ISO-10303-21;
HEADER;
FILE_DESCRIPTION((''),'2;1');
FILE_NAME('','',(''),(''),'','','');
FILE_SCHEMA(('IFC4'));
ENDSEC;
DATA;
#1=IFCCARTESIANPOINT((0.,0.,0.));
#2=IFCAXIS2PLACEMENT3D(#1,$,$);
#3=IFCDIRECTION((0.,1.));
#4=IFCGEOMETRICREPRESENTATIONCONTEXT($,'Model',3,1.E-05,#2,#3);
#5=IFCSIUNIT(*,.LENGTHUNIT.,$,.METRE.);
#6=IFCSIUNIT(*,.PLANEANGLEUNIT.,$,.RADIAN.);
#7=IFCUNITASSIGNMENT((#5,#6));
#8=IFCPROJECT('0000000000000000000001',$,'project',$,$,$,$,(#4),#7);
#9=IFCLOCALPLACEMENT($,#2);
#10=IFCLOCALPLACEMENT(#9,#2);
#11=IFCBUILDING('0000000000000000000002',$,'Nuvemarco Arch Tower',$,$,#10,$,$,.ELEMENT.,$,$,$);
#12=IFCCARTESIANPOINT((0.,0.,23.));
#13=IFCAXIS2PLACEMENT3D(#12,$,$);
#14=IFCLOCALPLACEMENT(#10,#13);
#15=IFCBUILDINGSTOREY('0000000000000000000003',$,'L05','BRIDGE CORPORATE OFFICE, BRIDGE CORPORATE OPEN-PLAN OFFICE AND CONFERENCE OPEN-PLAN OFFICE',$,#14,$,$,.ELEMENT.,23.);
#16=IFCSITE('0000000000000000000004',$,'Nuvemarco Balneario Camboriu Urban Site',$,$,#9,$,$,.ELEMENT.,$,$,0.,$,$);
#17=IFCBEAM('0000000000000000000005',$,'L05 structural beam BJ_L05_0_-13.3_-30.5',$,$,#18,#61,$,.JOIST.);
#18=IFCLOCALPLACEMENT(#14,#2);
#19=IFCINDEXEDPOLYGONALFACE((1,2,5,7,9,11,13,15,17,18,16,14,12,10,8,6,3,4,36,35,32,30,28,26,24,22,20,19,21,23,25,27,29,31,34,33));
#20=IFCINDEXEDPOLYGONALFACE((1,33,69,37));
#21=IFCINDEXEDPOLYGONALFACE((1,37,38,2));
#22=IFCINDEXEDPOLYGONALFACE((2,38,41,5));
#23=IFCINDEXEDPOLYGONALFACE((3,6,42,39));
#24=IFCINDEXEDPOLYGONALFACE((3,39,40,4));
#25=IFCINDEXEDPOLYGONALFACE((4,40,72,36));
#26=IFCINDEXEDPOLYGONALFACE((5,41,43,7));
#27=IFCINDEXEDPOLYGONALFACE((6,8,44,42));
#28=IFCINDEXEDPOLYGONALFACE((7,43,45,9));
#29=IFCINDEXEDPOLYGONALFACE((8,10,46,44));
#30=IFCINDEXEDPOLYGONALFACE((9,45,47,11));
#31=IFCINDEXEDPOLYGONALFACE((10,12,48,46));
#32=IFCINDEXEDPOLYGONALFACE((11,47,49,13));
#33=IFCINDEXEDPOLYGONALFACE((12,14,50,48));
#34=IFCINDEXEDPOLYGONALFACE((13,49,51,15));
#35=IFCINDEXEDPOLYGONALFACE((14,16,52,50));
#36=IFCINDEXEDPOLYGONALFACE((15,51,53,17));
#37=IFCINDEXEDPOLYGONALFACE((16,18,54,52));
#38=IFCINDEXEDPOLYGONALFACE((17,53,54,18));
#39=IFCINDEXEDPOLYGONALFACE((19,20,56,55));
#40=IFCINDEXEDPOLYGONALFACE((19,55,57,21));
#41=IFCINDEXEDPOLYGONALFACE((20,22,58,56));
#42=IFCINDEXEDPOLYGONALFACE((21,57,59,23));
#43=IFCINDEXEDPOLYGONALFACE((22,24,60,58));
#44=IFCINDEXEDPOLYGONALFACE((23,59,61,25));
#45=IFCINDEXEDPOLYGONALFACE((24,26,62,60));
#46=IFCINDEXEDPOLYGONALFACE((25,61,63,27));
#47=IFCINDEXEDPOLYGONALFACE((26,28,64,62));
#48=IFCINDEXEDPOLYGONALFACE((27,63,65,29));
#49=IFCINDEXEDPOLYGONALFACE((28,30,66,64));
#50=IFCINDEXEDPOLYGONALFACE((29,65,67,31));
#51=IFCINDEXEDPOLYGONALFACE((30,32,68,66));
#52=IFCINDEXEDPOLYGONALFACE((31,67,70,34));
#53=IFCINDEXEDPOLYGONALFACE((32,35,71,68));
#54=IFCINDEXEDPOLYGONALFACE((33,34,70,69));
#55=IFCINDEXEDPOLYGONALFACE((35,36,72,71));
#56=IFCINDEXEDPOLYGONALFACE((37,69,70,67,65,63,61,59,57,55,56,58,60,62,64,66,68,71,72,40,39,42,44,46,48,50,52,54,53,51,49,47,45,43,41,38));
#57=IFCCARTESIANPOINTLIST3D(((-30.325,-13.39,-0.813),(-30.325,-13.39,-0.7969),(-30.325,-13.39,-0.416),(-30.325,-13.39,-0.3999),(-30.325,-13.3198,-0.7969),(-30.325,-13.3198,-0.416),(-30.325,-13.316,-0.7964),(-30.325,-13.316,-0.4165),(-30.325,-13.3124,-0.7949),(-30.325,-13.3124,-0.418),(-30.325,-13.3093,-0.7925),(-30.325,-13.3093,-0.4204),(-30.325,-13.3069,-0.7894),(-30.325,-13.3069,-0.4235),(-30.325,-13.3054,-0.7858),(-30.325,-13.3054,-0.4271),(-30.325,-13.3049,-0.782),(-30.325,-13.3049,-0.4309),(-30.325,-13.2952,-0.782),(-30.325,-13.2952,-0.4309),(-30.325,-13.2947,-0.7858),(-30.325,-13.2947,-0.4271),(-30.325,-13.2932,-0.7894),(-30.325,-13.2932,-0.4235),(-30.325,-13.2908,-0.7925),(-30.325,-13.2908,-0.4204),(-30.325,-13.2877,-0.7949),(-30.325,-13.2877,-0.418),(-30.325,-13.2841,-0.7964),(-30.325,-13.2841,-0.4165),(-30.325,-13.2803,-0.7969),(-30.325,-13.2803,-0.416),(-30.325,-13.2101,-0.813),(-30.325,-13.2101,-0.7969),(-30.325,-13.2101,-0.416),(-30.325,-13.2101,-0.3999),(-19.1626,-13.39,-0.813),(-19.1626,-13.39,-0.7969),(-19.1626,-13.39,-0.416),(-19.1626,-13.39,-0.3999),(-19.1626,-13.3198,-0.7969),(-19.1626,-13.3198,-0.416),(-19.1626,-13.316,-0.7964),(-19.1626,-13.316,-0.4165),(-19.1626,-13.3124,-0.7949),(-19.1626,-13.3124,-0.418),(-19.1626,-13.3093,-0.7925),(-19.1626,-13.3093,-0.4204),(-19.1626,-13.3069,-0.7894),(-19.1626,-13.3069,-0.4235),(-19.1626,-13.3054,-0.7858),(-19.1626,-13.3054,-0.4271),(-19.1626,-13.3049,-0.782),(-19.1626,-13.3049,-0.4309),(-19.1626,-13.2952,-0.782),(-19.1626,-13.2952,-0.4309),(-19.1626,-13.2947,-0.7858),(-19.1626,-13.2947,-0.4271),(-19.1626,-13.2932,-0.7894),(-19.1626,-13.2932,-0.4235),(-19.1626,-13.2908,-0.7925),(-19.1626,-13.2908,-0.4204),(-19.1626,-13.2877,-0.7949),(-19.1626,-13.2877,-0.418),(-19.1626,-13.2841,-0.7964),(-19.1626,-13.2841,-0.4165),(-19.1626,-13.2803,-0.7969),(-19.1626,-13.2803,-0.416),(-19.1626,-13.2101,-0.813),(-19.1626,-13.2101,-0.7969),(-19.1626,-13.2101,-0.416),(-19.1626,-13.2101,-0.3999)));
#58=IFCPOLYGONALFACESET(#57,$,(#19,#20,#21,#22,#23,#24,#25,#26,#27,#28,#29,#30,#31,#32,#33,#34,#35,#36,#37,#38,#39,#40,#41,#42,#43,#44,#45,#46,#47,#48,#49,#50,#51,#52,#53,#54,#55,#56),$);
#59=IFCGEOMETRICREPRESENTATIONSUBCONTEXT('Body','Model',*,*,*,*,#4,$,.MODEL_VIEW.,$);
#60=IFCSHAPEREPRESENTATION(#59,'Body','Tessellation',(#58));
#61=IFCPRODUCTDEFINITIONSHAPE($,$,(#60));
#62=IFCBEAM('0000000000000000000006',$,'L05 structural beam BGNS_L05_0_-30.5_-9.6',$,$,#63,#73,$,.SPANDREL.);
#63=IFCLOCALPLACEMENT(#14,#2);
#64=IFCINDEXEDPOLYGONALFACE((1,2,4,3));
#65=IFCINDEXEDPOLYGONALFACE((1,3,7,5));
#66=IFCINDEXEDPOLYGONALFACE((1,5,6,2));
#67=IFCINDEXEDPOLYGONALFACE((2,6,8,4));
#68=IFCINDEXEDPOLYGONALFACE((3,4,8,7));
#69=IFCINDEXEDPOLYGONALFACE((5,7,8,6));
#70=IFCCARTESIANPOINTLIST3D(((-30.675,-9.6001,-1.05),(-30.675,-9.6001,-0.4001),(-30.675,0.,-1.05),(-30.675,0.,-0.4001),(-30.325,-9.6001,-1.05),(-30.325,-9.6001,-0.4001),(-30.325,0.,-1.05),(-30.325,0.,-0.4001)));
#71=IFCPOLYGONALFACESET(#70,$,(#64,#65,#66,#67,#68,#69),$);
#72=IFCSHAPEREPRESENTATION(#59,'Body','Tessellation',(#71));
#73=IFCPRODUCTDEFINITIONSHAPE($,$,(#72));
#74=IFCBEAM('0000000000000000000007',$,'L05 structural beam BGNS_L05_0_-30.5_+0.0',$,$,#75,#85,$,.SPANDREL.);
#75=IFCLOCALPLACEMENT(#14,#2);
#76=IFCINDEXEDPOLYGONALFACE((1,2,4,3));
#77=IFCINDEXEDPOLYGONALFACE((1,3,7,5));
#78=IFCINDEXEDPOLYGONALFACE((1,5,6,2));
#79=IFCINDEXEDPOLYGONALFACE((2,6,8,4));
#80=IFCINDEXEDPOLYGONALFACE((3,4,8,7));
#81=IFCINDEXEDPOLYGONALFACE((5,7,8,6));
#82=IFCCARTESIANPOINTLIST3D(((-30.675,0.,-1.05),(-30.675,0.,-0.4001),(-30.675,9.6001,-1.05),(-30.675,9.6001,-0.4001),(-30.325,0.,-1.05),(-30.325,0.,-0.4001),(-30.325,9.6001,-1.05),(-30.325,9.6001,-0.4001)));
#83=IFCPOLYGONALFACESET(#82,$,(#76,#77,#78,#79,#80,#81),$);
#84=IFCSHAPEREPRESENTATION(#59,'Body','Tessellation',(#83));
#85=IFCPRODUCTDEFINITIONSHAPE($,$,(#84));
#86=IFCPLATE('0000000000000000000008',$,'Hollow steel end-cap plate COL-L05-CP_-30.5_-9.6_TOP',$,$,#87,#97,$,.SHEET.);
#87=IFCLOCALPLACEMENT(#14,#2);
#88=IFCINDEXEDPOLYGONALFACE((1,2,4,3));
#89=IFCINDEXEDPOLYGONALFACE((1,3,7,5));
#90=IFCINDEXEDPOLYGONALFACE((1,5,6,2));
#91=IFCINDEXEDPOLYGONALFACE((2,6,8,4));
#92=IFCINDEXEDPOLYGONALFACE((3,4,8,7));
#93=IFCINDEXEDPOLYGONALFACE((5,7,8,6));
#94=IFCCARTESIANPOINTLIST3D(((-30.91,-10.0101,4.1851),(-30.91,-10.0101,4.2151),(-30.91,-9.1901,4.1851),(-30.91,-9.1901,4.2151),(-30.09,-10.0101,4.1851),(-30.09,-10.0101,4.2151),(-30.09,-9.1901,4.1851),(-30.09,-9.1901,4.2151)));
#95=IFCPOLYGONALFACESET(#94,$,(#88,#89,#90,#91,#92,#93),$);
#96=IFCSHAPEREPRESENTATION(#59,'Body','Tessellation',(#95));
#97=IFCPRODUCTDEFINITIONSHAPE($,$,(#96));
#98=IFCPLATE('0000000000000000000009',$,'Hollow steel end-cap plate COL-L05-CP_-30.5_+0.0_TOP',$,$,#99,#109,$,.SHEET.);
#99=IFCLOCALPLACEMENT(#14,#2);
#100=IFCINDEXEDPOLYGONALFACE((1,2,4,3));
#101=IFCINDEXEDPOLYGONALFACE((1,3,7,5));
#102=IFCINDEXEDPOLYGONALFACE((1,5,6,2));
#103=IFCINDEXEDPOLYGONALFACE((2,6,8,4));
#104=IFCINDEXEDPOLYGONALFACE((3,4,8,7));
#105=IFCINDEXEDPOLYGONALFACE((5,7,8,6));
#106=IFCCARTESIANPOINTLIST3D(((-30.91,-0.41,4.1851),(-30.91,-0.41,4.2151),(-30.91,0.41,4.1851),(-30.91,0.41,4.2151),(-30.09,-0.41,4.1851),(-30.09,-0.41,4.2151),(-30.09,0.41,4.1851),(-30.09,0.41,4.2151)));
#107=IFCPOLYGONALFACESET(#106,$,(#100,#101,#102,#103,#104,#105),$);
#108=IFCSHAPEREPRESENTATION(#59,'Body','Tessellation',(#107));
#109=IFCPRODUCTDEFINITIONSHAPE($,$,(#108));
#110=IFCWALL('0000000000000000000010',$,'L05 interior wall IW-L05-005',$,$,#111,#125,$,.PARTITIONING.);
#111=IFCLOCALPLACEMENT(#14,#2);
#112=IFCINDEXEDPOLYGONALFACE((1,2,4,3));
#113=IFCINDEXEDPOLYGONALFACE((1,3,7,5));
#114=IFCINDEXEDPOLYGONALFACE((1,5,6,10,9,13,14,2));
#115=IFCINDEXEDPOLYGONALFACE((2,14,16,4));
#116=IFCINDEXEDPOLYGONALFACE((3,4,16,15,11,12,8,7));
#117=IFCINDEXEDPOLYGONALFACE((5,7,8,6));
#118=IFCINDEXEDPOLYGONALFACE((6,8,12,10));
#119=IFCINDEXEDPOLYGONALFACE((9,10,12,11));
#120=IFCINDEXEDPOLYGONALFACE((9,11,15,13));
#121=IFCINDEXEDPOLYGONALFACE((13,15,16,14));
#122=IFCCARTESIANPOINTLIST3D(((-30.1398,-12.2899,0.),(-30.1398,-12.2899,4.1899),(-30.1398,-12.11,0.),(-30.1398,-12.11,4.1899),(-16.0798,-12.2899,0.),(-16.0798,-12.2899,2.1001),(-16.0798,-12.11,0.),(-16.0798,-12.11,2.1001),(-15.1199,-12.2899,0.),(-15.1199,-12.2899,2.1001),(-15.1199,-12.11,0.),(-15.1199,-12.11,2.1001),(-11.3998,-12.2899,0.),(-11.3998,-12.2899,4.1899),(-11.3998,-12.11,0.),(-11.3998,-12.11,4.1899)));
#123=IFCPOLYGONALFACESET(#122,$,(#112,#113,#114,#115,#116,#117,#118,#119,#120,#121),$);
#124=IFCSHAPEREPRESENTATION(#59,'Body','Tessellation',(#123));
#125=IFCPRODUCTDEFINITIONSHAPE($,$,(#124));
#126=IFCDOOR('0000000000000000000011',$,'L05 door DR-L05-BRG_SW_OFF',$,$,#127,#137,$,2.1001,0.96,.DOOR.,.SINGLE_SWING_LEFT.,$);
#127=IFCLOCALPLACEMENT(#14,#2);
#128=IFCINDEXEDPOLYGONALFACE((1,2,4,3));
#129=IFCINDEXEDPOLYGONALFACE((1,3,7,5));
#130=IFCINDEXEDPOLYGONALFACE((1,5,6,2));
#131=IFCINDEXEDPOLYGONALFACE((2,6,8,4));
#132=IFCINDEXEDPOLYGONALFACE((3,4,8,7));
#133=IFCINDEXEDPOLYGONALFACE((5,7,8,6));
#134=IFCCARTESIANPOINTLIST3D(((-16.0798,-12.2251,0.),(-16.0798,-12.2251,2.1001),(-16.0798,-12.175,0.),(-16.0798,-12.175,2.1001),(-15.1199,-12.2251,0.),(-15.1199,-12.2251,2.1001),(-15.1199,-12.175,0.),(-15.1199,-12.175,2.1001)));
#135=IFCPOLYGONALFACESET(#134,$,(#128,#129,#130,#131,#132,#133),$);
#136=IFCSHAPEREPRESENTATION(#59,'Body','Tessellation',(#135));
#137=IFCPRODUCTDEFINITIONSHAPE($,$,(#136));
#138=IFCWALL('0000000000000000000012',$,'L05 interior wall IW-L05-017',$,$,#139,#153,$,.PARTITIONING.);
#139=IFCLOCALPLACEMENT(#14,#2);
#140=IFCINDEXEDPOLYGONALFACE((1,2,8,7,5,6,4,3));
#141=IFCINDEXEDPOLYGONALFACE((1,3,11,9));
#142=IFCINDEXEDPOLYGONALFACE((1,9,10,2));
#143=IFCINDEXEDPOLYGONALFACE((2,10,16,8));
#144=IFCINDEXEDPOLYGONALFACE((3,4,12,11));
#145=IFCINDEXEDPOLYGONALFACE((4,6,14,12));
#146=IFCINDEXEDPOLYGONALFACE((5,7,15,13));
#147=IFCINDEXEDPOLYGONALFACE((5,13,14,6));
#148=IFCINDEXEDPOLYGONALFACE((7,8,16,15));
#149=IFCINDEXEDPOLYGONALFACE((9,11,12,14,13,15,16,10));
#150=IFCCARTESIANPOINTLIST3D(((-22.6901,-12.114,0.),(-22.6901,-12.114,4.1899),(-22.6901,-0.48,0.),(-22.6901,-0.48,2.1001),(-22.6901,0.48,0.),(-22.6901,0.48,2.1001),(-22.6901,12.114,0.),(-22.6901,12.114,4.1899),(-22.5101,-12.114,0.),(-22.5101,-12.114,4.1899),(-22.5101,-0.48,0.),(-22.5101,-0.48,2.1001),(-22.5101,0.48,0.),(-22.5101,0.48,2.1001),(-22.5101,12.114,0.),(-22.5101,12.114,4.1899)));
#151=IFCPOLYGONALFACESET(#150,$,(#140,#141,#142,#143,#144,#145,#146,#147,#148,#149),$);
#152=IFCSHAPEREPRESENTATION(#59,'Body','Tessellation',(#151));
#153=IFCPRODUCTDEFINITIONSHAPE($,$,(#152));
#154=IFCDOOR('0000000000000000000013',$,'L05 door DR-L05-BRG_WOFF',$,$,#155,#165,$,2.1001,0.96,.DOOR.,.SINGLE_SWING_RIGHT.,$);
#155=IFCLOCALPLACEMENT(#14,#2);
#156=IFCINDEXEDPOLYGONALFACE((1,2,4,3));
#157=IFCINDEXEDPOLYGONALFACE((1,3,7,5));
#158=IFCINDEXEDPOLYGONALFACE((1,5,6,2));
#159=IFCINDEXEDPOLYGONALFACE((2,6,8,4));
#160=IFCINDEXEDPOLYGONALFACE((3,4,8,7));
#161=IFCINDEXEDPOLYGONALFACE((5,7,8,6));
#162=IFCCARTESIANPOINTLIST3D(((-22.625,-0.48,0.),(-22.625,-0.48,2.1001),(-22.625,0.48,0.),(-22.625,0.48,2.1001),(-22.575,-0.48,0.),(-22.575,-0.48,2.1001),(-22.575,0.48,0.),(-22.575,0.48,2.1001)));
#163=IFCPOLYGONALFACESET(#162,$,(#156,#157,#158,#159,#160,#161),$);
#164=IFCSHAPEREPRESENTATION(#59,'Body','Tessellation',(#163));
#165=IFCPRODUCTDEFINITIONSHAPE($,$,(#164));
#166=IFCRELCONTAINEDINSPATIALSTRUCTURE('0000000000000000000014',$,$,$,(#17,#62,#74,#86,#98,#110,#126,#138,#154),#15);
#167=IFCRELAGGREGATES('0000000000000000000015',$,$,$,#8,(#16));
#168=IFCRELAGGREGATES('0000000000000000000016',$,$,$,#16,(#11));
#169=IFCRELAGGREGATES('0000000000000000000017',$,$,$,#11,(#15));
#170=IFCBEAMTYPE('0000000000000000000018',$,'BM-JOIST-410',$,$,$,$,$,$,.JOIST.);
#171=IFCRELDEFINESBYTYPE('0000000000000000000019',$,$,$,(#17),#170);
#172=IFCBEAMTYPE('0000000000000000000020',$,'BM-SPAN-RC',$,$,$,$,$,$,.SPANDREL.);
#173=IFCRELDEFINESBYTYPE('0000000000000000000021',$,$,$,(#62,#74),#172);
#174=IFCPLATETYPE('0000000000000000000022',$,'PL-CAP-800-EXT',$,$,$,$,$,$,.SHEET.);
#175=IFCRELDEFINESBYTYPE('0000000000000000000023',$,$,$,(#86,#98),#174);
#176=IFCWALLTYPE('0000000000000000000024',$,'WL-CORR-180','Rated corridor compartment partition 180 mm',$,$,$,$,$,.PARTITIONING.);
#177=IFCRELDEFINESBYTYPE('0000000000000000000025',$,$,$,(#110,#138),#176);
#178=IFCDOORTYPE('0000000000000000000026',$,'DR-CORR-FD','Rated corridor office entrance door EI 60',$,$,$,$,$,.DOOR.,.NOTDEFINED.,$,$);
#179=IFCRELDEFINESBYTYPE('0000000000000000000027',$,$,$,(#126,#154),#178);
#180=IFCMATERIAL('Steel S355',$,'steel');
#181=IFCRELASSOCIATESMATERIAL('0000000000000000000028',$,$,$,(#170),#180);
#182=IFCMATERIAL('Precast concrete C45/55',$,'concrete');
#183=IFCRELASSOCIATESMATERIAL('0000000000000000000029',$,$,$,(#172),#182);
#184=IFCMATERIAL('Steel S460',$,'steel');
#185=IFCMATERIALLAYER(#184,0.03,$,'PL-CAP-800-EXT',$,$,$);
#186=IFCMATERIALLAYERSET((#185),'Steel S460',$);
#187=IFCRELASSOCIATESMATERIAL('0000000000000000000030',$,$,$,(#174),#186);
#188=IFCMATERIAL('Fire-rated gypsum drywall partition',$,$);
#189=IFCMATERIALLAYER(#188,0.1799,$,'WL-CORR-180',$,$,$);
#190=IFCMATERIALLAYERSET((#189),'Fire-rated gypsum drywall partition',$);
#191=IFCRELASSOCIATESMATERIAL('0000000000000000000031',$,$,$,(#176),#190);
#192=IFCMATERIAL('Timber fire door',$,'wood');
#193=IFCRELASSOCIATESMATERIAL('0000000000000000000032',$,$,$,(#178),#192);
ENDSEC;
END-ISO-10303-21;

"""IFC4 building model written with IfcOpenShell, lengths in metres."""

from ifc_helpers import new_model, si_unit, direction, frame, frame_2d, origin, origin_2d, place, context, subcontext, project, spatial, rectangle, i_section, extrude, source, transform, mapped, material, layer, layer_set, material_profile, profile_set, type_object, type_shapes, element, fill, save


model = new_model("IFC4")

# Units and contexts
model_context = context("Model", 3, precision=1e-05, world=origin(), true_north=direction((0.0, 1.0)))
body_context = subcontext(model_context, "Body", "Model", "MODEL_VIEW")
ifc_project = project(units=[si_unit("LENGTHUNIT", "METRE"), si_unit("PLANEANGLEUNIT", "RADIAN")], contexts=[model_context])

# Site, building, storey
site_placement = place(None, origin())
site = spatial("IfcSite", under=ifc_project, at=site_placement, Name="Nuvemarco Balneario Camboriu Urban Site", CompositionType="ELEMENT", RefElevation=0.0)
building_placement = place(site_placement, origin())
building = spatial("IfcBuilding", under=site, at=building_placement, Name="Nuvemarco Arch Tower", CompositionType="ELEMENT")
storey_placement = place(building_placement, frame((0.0, 0.0, 23.0)))
storey = spatial("IfcBuildingStorey", under=building, at=storey_placement, Name="L05", Description="BRIDGE CORPORATE OFFICE, BRIDGE CORPORATE OPEN-PLAN OFFICE AND CONFERENCE OPEN-PLAN OFFICE", CompositionType="ELEMENT", Elevation=23.0)

# Shared definitions
ifc_material_1 = material(Name="Steel S460", Category="steel")

# Beams
ifc_material_2 = material(Name="Steel S355", Category="steel")
ifc_material_profile_1 = material_profile(ifc_material_2, i_section(OverallWidth=0.1799, OverallDepth=0.4131, WebThickness=0.0098, FlangeThickness=0.0161, FilletRadius=0.0149, at=origin_2d()), Name="W410x75")
ifc_profile_set_1 = profile_set([ifc_material_profile_1], Name="Steel S355")
beam_type_1 = type_object("IfcBeamType", Name="BM-JOIST-410", PredefinedType="JOIST", material=ifc_profile_set_1)
beam_1_placement = place(storey_placement, frame((-30.325, -13.3, -0.6064), z_axis=(1.0, 0.0, 0.0), x_axis=(0.0, 1.0, 0.0)))
element("IfcBeam", 1, at=beam_1_placement, inside=storey, type_object=beam_type_1, Name="L05 structural beam BJ_L05_0_-13.3_-30.5", PredefinedType="JOIST", context=body_context, shape_type="SweptSolid", body=[
    extrude(i_section(OverallWidth=0.1799, OverallDepth=0.4131, WebThickness=0.0098, FlangeThickness=0.0161, FilletRadius=0.0149, at=origin_2d()), origin(), (0.0, 0.0, 1.0), 11.1624),
])
ifc_material_3 = material(Name="Precast concrete C45/55", Category="concrete")
ifc_material_profile_2 = material_profile(ifc_material_3, rectangle(XDim=0.3501, YDim=0.6499, at=origin_2d()), Name="PC-SP-350x650")
ifc_profile_set_2 = profile_set([ifc_material_profile_2], Name="Precast concrete C45/55")
beam_type_2 = type_object("IfcBeamType", Name="BM-SPAN-RC", PredefinedType="SPANDREL", material=ifc_profile_set_2)
for number, where, z_axis, x_axis, name in (
    (2, (-30.5, -9.6001, -0.7251), (0.0, 1.0, 0.0), (-1.0, 0.0, 0.0), "L05 structural beam BGNS_L05_0_-30.5_-9.6"),
    (3, (-30.5, 0.0, -0.7251), (0.0, 1.0, 0.0), (-1.0, 0.0, 0.0), "L05 structural beam BGNS_L05_0_-30.5_+0.0"),
):
    element("IfcBeam", number, at=place(storey_placement, frame(where, z_axis=z_axis, x_axis=x_axis)), inside=storey, type_object=beam_type_2, Name=name, PredefinedType="SPANDREL", context=body_context, shape_type="SweptSolid", body=[
        extrude(rectangle(XDim=0.3501, YDim=0.6499, at=origin_2d()), origin(), (0.0, 0.0, 1.0), 9.6001),
    ])

# Plates
ifc_layer_1 = layer(ifc_material_1, 0.03, Name="PL-CAP-800-EXT")
ifc_layer_set_1 = layer_set([ifc_layer_1], Name="Steel S460")
plate_type = type_object("IfcPlateType", Name="PL-CAP-800-EXT", PredefinedType="SHEET", material=ifc_layer_set_1)
shared_shape_1 = source(origin(), body_context, "Body", "SweptSolid", [
    extrude(rectangle(XDim=0.8201, YDim=0.8201, at=origin_2d()), origin(), (0.0, 0.0, 1.0), 0.03),
])
type_shapes(plate_type, [shared_shape_1])
for number, where, z_axis, x_axis, name in (
    (4, (-30.5, -9.6001, 4.1851), (0.0, 0.0, 1.0), (1.0, 0.0, 0.0), "Hollow steel end-cap plate COL-L05-CP_-30.5_-9.6_TOP"),
    (5, (-30.5, 0.0, 4.1851), (0.0, 0.0, 1.0), (1.0, 0.0, 0.0), "Hollow steel end-cap plate COL-L05-CP_-30.5_+0.0_TOP"),
):
    element("IfcPlate", number, at=place(storey_placement, frame(where, z_axis=z_axis, x_axis=x_axis)), inside=storey, type_object=plate_type, Name=name, PredefinedType="SHEET", context=body_context, shape_type="MappedRepresentation", body=[
        mapped(shared_shape_1, transform((0.0, 0.0, 0.0), scale=1.0)),
    ])

# Walls, openings, doors
ifc_material_4 = material(Name="Fire-rated gypsum drywall partition")
ifc_layer_2 = layer(ifc_material_4, 0.1799, Name="WL-CORR-180")
ifc_layer_set_2 = layer_set([ifc_layer_2], Name="Fire-rated gypsum drywall partition")
wall_type = type_object("IfcWallType", Name="WL-CORR-180", Description="Rated corridor compartment partition 180 mm", PredefinedType="PARTITIONING", material=ifc_layer_set_2)
wall_1_placement = place(storey_placement, frame((-30.1399, -12.2, 0.0), z_axis=(0.0, 0.0, 1.0), x_axis=(1.0, 0.0, 0.0)))
wall_1 = element("IfcWall", 6, at=wall_1_placement, inside=storey, type_object=wall_type, Name="L05 interior wall IW-L05-005", PredefinedType="PARTITIONING", context=body_context, shape_type="SweptSolid", body=[
    extrude(rectangle(XDim=18.74, YDim=0.1799, at=frame_2d((9.3701, 0.0))), origin(), (0.0, 0.0, 1.0), 4.1899),
])
opening_1_placement = place(wall_1_placement, frame((14.0601, 0.0, 0.0)))
opening_1 = element("IfcOpeningElement", 7, at=opening_1_placement, cuts=wall_1, PredefinedType="OPENING", context=body_context, shape_type="SweptSolid", body=[
    extrude(rectangle(XDim=0.96, YDim=2.1001, at=frame_2d((0.48, 1.05))), frame((0.0, 0.0999, 0.0), z_axis=(0.0, -1.0, 0.0), x_axis=(1.0, 0.0, 0.0)), (0.0, 0.0, 1.0), 0.2),
])
ifc_material_5 = material(Name="Timber fire door", Category="wood")
door_type = type_object("IfcDoorType", Name="DR-CORR-FD", Description="Rated corridor office entrance door EI 60", OperationType="NOTDEFINED", PredefinedType="DOOR", material=ifc_material_5)
shared_shape_2 = source(origin(), body_context, "Body", "SweptSolid", [
    extrude(rectangle(XDim=0.96, YDim=2.1001, at=frame_2d((0.48, 1.05))), frame((0.0, 0.0249, 0.0), z_axis=(0.0, -1.0, 0.0), x_axis=(1.0, 0.0, 0.0)), (0.0, 0.0, 1.0), 0.05),
])
type_shapes(door_type, [shared_shape_2])
door_1_placement = place(opening_1_placement, origin())
door_1 = element("IfcDoor", 8, at=door_1_placement, inside=storey, type_object=door_type, Name="L05 door DR-L05-BRG_SW_OFF", OperationType="SINGLE_SWING_LEFT", OverallHeight=2.1001, OverallWidth=0.96, PredefinedType="DOOR", context=body_context, shape_type="MappedRepresentation", body=[
    mapped(shared_shape_2, transform((0.0, 0.0, 0.0), scale=1.0)),
])
fill(opening_1, door_1)
wall_2_placement = place(storey_placement, frame((-22.6001, -12.114, 0.0), z_axis=(0.0, 0.0, 1.0), x_axis=(0.0, 1.0, 0.0)))
wall_2 = element("IfcWall", 9, at=wall_2_placement, inside=storey, type_object=wall_type, Name="L05 interior wall IW-L05-017", PredefinedType="PARTITIONING", context=body_context, shape_type="SweptSolid", body=[
    extrude(rectangle(XDim=24.228, YDim=0.1799, at=frame_2d((12.114, 0.0))), origin(), (0.0, 0.0, 1.0), 4.1899),
])
opening_2_placement = place(wall_2_placement, frame((11.634, 0.0, 0.0)))
opening_2 = element("IfcOpeningElement", 10, at=opening_2_placement, cuts=wall_2, PredefinedType="OPENING", context=body_context, shape_type="SweptSolid", body=[
    extrude(rectangle(XDim=0.96, YDim=2.1001, at=frame_2d((0.48, 1.05))), frame((0.0, 0.0999, 0.0), z_axis=(0.0, -1.0, 0.0), x_axis=(1.0, 0.0, 0.0)), (0.0, 0.0, 1.0), 0.2),
])
door_2_placement = place(opening_2_placement, origin())
door_2 = element("IfcDoor", 11, at=door_2_placement, inside=storey, type_object=door_type, Name="L05 door DR-L05-BRG_WOFF", OperationType="SINGLE_SWING_RIGHT", OverallHeight=2.1001, OverallWidth=0.96, PredefinedType="DOOR", context=body_context, shape_type="MappedRepresentation", body=[
    mapped(shared_shape_2, transform((0.0, 0.0, 0.0), scale=1.0)),
])
fill(opening_2, door_2)

save(model, "model.ifc")
